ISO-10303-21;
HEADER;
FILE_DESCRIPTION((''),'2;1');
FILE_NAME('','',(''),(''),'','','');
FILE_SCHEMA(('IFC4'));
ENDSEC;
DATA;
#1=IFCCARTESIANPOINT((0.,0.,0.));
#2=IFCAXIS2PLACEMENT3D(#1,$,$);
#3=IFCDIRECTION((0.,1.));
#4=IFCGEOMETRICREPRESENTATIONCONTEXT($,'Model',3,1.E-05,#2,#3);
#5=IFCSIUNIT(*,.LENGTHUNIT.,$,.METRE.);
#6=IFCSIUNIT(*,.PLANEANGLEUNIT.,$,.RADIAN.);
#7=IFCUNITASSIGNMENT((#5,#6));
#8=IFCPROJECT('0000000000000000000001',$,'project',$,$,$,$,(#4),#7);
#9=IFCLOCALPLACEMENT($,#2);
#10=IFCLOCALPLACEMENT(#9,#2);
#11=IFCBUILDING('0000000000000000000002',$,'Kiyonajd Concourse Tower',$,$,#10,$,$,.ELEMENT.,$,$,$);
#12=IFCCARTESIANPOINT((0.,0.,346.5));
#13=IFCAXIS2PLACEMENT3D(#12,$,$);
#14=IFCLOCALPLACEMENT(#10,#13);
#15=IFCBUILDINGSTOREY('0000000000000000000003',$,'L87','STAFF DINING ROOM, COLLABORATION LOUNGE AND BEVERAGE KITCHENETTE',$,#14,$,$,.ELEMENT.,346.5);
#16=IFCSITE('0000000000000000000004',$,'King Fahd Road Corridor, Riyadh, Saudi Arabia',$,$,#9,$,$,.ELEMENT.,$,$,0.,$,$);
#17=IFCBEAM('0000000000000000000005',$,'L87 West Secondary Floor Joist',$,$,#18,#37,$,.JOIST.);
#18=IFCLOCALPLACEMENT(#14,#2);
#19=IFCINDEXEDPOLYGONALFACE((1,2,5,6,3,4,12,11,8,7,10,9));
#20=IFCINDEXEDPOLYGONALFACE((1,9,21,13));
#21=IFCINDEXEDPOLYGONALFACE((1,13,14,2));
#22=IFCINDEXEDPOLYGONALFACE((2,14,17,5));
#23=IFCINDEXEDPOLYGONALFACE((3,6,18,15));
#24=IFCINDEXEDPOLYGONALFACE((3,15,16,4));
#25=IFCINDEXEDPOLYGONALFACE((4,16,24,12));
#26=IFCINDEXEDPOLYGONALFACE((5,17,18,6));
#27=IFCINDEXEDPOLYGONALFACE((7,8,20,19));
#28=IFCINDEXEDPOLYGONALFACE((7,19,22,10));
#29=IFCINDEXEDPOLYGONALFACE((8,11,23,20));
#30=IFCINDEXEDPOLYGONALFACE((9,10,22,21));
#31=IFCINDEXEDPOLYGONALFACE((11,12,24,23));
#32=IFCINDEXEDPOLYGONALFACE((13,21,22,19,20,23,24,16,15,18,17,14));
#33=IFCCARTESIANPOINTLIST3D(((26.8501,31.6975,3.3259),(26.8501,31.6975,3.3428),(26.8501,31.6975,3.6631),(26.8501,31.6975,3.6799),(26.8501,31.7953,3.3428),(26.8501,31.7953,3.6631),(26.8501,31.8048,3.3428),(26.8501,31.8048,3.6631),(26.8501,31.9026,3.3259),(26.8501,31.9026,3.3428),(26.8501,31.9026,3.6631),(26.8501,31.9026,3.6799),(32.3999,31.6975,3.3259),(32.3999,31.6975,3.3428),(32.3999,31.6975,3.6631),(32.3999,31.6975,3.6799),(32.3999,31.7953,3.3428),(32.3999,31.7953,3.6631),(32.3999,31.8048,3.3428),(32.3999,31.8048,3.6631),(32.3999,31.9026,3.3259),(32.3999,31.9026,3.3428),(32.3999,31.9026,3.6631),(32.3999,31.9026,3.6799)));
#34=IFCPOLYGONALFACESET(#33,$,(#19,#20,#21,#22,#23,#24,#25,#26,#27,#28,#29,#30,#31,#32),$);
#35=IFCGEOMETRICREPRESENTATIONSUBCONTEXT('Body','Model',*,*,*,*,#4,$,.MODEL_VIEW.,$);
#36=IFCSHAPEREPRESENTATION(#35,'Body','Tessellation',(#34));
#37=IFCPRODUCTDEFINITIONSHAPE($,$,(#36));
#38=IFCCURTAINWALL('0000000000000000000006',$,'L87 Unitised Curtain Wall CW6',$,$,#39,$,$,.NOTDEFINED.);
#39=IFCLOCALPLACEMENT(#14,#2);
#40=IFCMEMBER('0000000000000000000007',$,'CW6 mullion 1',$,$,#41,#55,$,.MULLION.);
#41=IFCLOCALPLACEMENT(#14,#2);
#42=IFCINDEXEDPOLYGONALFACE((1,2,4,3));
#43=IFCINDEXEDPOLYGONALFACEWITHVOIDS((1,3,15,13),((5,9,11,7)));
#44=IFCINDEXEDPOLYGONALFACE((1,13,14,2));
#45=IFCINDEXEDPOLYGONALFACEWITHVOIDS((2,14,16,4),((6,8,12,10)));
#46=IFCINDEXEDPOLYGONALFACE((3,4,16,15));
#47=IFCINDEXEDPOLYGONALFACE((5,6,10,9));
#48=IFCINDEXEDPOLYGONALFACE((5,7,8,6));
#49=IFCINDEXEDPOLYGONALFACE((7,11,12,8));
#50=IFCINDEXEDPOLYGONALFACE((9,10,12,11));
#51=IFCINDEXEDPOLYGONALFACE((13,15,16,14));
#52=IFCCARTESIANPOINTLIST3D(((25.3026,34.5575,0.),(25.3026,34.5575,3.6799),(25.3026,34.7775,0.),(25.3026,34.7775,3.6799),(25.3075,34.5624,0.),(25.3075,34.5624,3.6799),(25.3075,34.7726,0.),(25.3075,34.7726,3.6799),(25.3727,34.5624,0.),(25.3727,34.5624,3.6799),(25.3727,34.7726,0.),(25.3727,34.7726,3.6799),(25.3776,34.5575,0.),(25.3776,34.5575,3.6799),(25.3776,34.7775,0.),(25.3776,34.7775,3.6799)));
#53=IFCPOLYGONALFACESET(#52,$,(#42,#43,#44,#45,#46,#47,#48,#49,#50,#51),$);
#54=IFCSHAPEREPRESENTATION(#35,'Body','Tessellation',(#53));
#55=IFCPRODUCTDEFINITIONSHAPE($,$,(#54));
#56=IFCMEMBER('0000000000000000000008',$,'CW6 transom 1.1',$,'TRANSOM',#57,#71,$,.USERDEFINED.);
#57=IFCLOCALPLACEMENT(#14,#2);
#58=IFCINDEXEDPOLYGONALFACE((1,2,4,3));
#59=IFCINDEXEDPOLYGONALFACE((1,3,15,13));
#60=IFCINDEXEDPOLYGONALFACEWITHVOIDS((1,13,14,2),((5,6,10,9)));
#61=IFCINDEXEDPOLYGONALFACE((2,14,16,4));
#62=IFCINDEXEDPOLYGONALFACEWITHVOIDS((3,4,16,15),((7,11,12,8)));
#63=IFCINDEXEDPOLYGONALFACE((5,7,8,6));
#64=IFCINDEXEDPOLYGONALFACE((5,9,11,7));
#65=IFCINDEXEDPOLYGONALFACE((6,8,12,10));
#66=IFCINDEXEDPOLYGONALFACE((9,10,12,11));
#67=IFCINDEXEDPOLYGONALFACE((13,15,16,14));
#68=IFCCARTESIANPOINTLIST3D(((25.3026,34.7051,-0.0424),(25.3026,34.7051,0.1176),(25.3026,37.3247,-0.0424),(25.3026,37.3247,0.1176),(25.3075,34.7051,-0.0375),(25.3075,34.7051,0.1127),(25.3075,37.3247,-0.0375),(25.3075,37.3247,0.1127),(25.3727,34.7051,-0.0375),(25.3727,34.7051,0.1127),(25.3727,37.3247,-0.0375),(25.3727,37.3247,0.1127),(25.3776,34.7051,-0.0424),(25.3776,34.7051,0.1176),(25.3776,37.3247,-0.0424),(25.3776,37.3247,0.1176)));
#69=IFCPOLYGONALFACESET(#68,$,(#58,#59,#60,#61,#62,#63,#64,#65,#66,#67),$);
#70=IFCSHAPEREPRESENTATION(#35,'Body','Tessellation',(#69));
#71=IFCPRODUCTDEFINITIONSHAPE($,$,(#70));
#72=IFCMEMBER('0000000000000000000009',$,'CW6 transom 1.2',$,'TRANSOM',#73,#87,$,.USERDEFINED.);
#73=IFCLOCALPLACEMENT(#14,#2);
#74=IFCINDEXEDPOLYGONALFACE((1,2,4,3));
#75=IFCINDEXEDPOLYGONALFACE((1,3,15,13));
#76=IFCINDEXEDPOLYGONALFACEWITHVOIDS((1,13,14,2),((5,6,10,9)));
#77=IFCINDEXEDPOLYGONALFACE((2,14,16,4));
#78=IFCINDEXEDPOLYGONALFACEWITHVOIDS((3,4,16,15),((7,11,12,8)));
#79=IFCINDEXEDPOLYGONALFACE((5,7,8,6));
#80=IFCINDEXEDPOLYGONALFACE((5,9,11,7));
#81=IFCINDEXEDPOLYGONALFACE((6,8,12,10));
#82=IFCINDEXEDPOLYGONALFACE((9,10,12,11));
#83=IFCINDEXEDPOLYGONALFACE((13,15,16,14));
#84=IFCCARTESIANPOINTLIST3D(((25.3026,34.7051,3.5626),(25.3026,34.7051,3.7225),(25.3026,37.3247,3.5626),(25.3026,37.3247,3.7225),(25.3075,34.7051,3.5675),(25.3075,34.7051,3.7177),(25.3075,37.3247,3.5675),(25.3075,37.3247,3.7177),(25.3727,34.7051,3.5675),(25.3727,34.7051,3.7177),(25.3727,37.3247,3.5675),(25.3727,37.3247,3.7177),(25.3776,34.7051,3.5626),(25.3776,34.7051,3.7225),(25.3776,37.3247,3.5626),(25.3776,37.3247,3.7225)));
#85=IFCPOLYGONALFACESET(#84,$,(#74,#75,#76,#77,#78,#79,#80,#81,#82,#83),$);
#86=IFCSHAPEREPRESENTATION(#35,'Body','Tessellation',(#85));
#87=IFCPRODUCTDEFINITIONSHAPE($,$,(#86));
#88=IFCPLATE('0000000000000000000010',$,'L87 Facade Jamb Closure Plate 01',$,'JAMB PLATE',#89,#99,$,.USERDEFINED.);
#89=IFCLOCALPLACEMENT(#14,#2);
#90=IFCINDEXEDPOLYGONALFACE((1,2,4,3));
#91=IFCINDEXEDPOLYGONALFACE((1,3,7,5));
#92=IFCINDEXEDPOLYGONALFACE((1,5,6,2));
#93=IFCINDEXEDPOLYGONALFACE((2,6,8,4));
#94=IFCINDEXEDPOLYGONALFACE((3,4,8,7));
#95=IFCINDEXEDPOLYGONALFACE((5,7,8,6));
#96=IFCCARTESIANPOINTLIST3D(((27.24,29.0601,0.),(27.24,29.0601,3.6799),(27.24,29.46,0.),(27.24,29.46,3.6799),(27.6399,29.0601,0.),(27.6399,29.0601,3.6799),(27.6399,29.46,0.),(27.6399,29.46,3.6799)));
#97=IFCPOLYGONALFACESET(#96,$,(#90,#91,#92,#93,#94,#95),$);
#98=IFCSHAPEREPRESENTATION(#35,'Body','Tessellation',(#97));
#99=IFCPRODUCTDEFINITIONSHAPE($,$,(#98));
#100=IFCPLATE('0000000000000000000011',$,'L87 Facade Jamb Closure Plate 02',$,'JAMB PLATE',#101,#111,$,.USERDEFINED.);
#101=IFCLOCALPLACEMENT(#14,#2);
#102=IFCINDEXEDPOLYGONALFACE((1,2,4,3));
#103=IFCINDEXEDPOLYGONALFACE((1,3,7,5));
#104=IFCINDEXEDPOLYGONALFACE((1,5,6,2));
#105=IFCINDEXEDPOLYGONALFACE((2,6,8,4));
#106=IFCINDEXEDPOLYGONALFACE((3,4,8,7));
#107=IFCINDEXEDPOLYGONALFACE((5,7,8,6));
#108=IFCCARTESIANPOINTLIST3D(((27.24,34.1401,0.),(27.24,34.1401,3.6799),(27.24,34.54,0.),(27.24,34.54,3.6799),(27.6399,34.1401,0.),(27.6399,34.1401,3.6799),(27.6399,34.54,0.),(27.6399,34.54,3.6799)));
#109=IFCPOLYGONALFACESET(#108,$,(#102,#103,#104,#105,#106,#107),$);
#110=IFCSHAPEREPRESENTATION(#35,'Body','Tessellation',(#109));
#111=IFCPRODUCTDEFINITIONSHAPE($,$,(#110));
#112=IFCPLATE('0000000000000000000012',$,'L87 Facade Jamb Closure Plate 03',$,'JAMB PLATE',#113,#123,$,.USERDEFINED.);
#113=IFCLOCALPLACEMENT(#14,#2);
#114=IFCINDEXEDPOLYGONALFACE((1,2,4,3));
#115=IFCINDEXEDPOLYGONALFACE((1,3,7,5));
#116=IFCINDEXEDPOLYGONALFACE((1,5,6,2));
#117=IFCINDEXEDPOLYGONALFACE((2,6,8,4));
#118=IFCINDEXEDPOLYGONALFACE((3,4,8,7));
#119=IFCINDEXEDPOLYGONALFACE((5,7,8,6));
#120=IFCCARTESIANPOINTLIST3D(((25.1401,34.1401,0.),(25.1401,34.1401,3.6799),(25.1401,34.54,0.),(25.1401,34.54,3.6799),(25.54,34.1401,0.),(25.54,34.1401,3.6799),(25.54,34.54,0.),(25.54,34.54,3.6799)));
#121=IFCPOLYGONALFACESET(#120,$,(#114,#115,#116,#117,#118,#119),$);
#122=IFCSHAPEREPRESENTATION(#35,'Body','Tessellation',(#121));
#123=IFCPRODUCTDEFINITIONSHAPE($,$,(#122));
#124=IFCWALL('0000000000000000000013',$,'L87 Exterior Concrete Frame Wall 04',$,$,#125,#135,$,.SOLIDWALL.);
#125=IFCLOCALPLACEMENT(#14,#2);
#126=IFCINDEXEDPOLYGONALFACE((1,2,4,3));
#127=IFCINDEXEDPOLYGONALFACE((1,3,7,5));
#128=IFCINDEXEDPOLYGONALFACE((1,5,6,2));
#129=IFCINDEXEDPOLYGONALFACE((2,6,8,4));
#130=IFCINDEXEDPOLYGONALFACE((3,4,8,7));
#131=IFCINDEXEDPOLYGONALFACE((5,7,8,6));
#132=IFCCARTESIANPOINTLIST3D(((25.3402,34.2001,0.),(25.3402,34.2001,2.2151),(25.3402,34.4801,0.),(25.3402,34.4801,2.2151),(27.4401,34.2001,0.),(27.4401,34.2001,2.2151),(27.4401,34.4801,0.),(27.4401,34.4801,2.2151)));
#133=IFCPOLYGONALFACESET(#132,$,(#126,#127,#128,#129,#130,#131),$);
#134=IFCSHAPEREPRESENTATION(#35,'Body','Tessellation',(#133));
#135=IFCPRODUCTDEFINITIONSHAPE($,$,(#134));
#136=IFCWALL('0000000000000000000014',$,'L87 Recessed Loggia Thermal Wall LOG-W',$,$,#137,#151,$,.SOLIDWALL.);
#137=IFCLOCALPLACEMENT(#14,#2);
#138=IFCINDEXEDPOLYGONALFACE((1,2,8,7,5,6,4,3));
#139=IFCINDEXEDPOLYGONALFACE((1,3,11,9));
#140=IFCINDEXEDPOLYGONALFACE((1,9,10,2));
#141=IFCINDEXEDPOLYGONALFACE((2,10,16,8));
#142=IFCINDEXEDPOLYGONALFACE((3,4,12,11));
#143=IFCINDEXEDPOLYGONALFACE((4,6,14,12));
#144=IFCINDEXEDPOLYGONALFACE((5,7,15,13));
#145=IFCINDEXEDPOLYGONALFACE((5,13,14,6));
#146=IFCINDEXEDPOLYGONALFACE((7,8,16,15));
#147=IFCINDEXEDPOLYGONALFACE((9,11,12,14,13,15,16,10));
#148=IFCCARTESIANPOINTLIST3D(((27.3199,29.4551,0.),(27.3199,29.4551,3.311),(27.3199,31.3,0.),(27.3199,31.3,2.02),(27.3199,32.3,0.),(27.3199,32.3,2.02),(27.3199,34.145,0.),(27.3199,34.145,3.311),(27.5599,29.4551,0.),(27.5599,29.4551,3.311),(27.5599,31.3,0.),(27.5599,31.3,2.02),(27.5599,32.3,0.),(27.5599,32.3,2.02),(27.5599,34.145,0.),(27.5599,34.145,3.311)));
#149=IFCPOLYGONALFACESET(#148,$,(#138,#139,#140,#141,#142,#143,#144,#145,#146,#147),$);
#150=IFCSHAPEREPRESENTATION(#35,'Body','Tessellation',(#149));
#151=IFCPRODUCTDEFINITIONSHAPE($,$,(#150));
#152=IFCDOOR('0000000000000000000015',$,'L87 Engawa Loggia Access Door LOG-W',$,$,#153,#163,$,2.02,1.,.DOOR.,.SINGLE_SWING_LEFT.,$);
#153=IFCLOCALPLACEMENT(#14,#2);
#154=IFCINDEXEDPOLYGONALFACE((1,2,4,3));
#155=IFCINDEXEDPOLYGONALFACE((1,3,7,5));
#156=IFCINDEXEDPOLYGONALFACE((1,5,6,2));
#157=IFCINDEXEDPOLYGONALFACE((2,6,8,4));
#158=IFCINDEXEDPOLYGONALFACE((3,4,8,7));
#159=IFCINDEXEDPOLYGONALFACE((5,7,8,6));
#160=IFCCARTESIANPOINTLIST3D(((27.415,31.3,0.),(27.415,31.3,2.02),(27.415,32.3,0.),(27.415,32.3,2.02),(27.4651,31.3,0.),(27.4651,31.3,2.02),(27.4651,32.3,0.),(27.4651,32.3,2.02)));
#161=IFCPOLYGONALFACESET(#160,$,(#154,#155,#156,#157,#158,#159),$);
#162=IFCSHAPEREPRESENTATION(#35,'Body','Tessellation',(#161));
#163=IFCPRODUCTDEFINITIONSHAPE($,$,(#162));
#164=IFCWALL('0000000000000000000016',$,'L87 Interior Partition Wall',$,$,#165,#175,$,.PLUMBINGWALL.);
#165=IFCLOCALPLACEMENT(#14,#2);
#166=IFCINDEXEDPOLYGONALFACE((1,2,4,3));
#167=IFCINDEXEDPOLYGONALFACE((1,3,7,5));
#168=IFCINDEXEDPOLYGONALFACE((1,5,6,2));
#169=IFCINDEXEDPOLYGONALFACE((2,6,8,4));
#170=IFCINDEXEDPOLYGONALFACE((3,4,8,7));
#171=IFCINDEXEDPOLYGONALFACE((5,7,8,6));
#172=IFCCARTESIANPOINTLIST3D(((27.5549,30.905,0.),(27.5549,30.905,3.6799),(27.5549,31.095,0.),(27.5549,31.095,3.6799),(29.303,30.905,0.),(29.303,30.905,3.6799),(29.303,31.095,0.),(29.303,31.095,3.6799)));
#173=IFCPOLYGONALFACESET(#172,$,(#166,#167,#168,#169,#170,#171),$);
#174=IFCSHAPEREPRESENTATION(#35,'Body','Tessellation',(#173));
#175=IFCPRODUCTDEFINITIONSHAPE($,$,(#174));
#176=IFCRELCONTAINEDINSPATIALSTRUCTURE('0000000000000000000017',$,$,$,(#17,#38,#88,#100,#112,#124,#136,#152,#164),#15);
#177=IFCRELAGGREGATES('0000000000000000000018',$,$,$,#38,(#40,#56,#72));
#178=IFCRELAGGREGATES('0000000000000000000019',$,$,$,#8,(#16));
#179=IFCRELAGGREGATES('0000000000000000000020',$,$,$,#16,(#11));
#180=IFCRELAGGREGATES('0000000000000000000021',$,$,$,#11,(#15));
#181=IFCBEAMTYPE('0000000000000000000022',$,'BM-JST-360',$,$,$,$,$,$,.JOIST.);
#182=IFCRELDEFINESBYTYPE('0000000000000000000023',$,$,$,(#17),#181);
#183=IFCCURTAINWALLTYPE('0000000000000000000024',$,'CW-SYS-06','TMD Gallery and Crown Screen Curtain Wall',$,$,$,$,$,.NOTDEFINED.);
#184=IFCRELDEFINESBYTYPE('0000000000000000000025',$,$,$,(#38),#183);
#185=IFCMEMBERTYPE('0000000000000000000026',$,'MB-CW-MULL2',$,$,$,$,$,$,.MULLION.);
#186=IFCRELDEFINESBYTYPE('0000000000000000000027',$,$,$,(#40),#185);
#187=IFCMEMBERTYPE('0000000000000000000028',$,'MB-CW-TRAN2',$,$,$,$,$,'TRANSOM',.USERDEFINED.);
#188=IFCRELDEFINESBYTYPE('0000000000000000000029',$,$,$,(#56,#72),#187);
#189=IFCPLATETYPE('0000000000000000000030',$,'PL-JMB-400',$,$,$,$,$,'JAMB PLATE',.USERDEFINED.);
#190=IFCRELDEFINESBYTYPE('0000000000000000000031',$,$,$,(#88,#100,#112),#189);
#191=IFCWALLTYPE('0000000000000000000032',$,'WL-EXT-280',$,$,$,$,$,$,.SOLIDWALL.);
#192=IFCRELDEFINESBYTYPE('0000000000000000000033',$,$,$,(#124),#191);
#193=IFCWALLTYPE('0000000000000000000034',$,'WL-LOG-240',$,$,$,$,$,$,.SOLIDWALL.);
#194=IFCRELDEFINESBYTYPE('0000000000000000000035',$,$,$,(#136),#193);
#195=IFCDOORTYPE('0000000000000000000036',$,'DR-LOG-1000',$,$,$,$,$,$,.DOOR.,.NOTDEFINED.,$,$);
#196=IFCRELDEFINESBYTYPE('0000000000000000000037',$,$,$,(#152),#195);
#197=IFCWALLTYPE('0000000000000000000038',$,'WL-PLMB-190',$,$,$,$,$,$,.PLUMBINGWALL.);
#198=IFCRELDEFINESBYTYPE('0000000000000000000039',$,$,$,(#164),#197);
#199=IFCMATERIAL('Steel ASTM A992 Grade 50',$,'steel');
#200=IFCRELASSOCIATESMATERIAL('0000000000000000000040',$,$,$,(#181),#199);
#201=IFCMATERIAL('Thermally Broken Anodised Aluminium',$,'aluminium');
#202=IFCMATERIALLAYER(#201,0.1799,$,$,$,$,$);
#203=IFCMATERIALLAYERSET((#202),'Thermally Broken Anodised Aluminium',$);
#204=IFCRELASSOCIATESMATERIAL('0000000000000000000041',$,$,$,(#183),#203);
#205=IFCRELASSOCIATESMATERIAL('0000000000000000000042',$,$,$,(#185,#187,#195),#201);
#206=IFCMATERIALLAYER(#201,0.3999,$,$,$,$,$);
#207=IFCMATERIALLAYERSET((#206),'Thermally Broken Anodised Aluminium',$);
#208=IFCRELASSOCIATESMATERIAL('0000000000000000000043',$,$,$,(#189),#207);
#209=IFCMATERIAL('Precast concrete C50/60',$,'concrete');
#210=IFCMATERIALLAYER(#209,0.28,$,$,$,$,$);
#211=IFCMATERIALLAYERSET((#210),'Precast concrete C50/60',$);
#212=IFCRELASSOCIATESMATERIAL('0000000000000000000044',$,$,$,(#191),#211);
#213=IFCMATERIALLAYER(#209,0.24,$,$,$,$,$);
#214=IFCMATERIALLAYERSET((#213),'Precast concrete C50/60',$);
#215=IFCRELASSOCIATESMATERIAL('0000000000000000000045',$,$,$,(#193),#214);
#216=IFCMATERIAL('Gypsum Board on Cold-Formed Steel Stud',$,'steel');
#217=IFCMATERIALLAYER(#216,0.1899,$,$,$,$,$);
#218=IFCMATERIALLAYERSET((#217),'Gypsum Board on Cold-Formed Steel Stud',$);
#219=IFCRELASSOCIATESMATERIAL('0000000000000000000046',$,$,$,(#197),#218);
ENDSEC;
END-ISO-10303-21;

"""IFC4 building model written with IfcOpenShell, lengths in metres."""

from ifc_helpers import new_model, si_unit, direction, frame, frame_2d, origin, origin_2d, place, context, subcontext, project, spatial, rectangle, hollow_rectangle, i_section, extrude, material, layer, layer_set, material_profile, profile_set, type_object, element, fill, aggregate, save


model = new_model("IFC4")

# Units and contexts
model_context = context("Model", 3, precision=1e-05, world=origin(), true_north=direction((0.0, 1.0)))
body_context = subcontext(model_context, "Body", "Model", "MODEL_VIEW")
ifc_project = project(units=[si_unit("LENGTHUNIT", "METRE"), si_unit("PLANEANGLEUNIT", "RADIAN")], contexts=[model_context])

# Site, building, storey
site_placement = place(None, origin())
site = spatial("IfcSite", under=ifc_project, at=site_placement, Name="King Fahd Road Corridor, Riyadh, Saudi Arabia", CompositionType="ELEMENT", RefElevation=0.0)
building_placement = place(site_placement, origin())
building = spatial("IfcBuilding", under=site, at=building_placement, Name="Kiyonajd Concourse Tower", CompositionType="ELEMENT")
storey_placement = place(building_placement, frame((0.0, 0.0, 346.5)))
storey = spatial("IfcBuildingStorey", under=building, at=storey_placement, Name="L87", Description="STAFF DINING ROOM, COLLABORATION LOUNGE AND BEVERAGE KITCHENETTE", CompositionType="ELEMENT", Elevation=346.5)

# Beam
ifc_material_1 = material(Name="Steel ASTM A992 Grade 50", Category="steel")
ifc_material_profile_1 = material_profile(ifc_material_1, i_section(OverallWidth=0.2051, OverallDepth=0.354, WebThickness=0.0095, FlangeThickness=0.0168, at=origin_2d()), Name="W360X79")
ifc_profile_set_1 = profile_set([ifc_material_profile_1], Name="Steel ASTM A992 Grade 50")
beam_type = type_object("IfcBeamType", Name="BM-JST-360", PredefinedType="JOIST", material=ifc_profile_set_1)
beam_placement = place(storey_placement, frame((26.8501, 31.8, 3.5029), z_axis=(1.0, 0.0, 0.0), x_axis=(0.0, 1.0, 0.0)))
element("IfcBeam", 1, at=beam_placement, inside=storey, type_object=beam_type, Name="L87 West Secondary Floor Joist", PredefinedType="JOIST", context=body_context, shape_type="SweptSolid", body=[
    extrude(i_section(OverallWidth=0.2051, OverallDepth=0.354, WebThickness=0.0095, FlangeThickness=0.0168, at=origin_2d()), origin(), (0.0, 0.0, 1.0), 5.5498),
])

# Curtain wall, members
ifc_material_2 = material(Name="Thermally Broken Anodised Aluminium", Category="aluminium")
ifc_layer_1 = layer(ifc_material_2, 0.1799)
ifc_layer_set_1 = layer_set([ifc_layer_1], Name="Thermally Broken Anodised Aluminium")
curtain_wall_type = type_object("IfcCurtainWallType", Name="CW-SYS-06", Description="TMD Gallery and Crown Screen Curtain Wall", PredefinedType="NOTDEFINED", material=ifc_layer_set_1)
curtain_wall_placement = place(storey_placement, origin())
curtain_wall = element("IfcCurtainWall", 2, at=curtain_wall_placement, inside=storey, type_object=curtain_wall_type, Name="L87 Unitised Curtain Wall CW6", PredefinedType="NOTDEFINED")
ifc_material_profile_2 = material_profile(ifc_material_2, hollow_rectangle(XDim=0.075, YDim=0.22, WallThickness=0.0049, at=origin_2d()), Name="MULL-75x220")
ifc_profile_set_2 = profile_set([ifc_material_profile_2], Name="Thermally Broken Anodised Aluminium")
member_type_1 = type_object("IfcMemberType", Name="MB-CW-MULL2", PredefinedType="MULLION", material=ifc_profile_set_2)
member_1_placement = place(storey_placement, frame((25.3401, 34.6675, 0.0), z_axis=(0.0, 0.0, 1.0), x_axis=(-1.0, 0.0, 0.0)))
member_1 = element("IfcMember", 3, at=member_1_placement, type_object=member_type_1, Name="CW6 mullion 1", PredefinedType="MULLION", context=body_context, shape_type="SweptSolid", body=[
    extrude(hollow_rectangle(XDim=0.075, YDim=0.22, WallThickness=0.0049, at=origin_2d()), origin(), (0.0, 0.0, 1.0), 3.6799),
])
ifc_material_profile_3 = material_profile(ifc_material_2, hollow_rectangle(XDim=0.075, YDim=0.1599, WallThickness=0.0049, at=origin_2d()), Name="TRAN-75x160")
ifc_profile_set_3 = profile_set([ifc_material_profile_3], Name="Thermally Broken Anodised Aluminium")
member_type_2 = type_object("IfcMemberType", Name="MB-CW-TRAN2", ElementType="TRANSOM", PredefinedType="USERDEFINED", material=ifc_profile_set_3)
member_2_placement = place(storey_placement, frame((25.3401, 34.7051, 0.0376), z_axis=(0.0, 1.0, 0.0), x_axis=(-1.0, 0.0, 0.0)))
member_2 = element("IfcMember", 4, at=member_2_placement, type_object=member_type_2, Name="CW6 transom 1.1", ObjectType="TRANSOM", PredefinedType="USERDEFINED", context=body_context, shape_type="SweptSolid", body=[
    extrude(hollow_rectangle(XDim=0.075, YDim=0.1599, WallThickness=0.0049, at=origin_2d()), origin(), (0.0, 0.0, 1.0), 2.6196),
])
member_3_placement = place(storey_placement, frame((25.3401, 34.7051, 3.6426), z_axis=(0.0, 1.0, 0.0), x_axis=(-1.0, 0.0, 0.0)))
member_3 = element("IfcMember", 5, at=member_3_placement, type_object=member_type_2, Name="CW6 transom 1.2", ObjectType="TRANSOM", PredefinedType="USERDEFINED", context=body_context, shape_type="SweptSolid", body=[
    extrude(hollow_rectangle(XDim=0.075, YDim=0.1599, WallThickness=0.0049, at=origin_2d()), origin(), (0.0, 0.0, 1.0), 2.6196),
])
aggregate(curtain_wall, [member_1, member_2, member_3])

# Plates
ifc_layer_2 = layer(ifc_material_2, 0.3999)
ifc_layer_set_2 = layer_set([ifc_layer_2], Name="Thermally Broken Anodised Aluminium")
plate_type = type_object("IfcPlateType", Name="PL-JMB-400", ElementType="JAMB PLATE", PredefinedType="USERDEFINED", material=ifc_layer_set_2)
for number, where, z_axis, x_axis, name in (
    (6, (27.4399, 29.26, 0.0), (0.0, 0.0, 1.0), (1.0, 0.0, 0.0), "L87 Facade Jamb Closure Plate 01"),
    (7, (27.4399, 34.3401, 0.0), (0.0, 0.0, 1.0), (1.0, 0.0, 0.0), "L87 Facade Jamb Closure Plate 02"),
    (8, (25.3401, 34.3401, 0.0), (0.0, 0.0, 1.0), (1.0, 0.0, 0.0), "L87 Facade Jamb Closure Plate 03"),
):
    element("IfcPlate", number, at=place(storey_placement, frame(where, z_axis=z_axis, x_axis=x_axis)), inside=storey, type_object=plate_type, Name=name, ObjectType="JAMB PLATE", PredefinedType="USERDEFINED", context=body_context, shape_type="SweptSolid", body=[
        extrude(rectangle(XDim=0.3999, YDim=0.3999, at=origin_2d()), origin(), (0.0, 0.0, 1.0), 3.6799),
    ])

# Wall
ifc_material_3 = material(Name="Precast concrete C50/60", Category="concrete")
ifc_layer_3 = layer(ifc_material_3, 0.28)
ifc_layer_set_3 = layer_set([ifc_layer_3], Name="Precast concrete C50/60")
wall_type_1 = type_object("IfcWallType", Name="WL-EXT-280", PredefinedType="SOLIDWALL", material=ifc_layer_set_3)
wall_1_placement = place(storey_placement, frame((27.4399, 34.3401, 0.0), z_axis=(0.0, 0.0, 1.0), x_axis=(-1.0, 0.0, 0.0)))
element("IfcWall", 9, at=wall_1_placement, inside=storey, type_object=wall_type_1, Name="L87 Exterior Concrete Frame Wall 04", PredefinedType="SOLIDWALL", context=body_context, shape_type="SweptSolid", body=[
    extrude(rectangle(XDim=2.0999, YDim=0.28, at=frame_2d((1.0498, 0.0))), origin(), (0.0, 0.0, 1.0), 2.2151),
])

# Wall, opening, door
ifc_layer_4 = layer(ifc_material_3, 0.24)
ifc_layer_set_4 = layer_set([ifc_layer_4], Name="Precast concrete C50/60")
wall_type_2 = type_object("IfcWallType", Name="WL-LOG-240", PredefinedType="SOLIDWALL", material=ifc_layer_set_4)
wall_2_placement = place(storey_placement, frame((27.4399, 29.4551, 0.0), z_axis=(0.0, 0.0, 1.0), x_axis=(0.0, 1.0, 0.0)))
wall_2 = element("IfcWall", 10, at=wall_2_placement, inside=storey, type_object=wall_type_2, Name="L87 Recessed Loggia Thermal Wall LOG-W", PredefinedType="SOLIDWALL", context=body_context, shape_type="SweptSolid", body=[
    extrude(rectangle(XDim=4.6899, YDim=0.24, at=frame_2d((2.345, 0.0))), origin(), (0.0, 0.0, 1.0), 3.311),
])
opening_placement = place(wall_2_placement, frame((1.845, 0.0, 0.0)))
opening = element("IfcOpeningElement", 11, at=opening_placement, cuts=wall_2, PredefinedType="OPENING", context=body_context, shape_type="SweptSolid", body=[
    extrude(rectangle(XDim=1.0, YDim=2.02, at=frame_2d((0.5, 1.01))), frame((0.0, 0.1299, 0.0), z_axis=(0.0, -1.0, 0.0), x_axis=(1.0, 0.0, 0.0)), (0.0, 0.0, 1.0), 0.26),
])
door_type = type_object("IfcDoorType", Name="DR-LOG-1000", OperationType="NOTDEFINED", PredefinedType="DOOR", material=ifc_material_2)
door_placement = place(opening_placement, origin())
door = element("IfcDoor", 12, at=door_placement, inside=storey, type_object=door_type, Name="L87 Engawa Loggia Access Door LOG-W", OperationType="SINGLE_SWING_LEFT", OverallHeight=2.02, OverallWidth=1.0, PredefinedType="DOOR", context=body_context, shape_type="SweptSolid", body=[
    extrude(rectangle(XDim=1.0, YDim=2.02, at=frame_2d((0.5, 1.01))), frame((0.0, 0.0249, 0.0), z_axis=(0.0, -1.0, 0.0), x_axis=(1.0, 0.0, 0.0)), (0.0, 0.0, 1.0), 0.05),
])
fill(opening, door)

# Wall
ifc_material_4 = material(Name="Gypsum Board on Cold-Formed Steel Stud", Category="steel")
ifc_layer_5 = layer(ifc_material_4, 0.1899)
ifc_layer_set_5 = layer_set([ifc_layer_5], Name="Gypsum Board on Cold-Formed Steel Stud")
wall_type_3 = type_object("IfcWallType", Name="WL-PLMB-190", PredefinedType="PLUMBINGWALL", material=ifc_layer_set_5)
wall_3_placement = place(storey_placement, frame((27.5549, 31.0, 0.0), z_axis=(0.0, 0.0, 1.0), x_axis=(1.0, 0.0, 0.0)))
element("IfcWall", 13, at=wall_3_placement, inside=storey, type_object=wall_type_3, Name="L87 Interior Partition Wall", PredefinedType="PLUMBINGWALL", context=body_context, shape_type="SweptSolid", body=[
    extrude(rectangle(XDim=1.748, YDim=0.1899, at=frame_2d((0.874, 0.0))), origin(), (0.0, 0.0, 1.0), 3.6799),
])

save(model, "model.ifc")
